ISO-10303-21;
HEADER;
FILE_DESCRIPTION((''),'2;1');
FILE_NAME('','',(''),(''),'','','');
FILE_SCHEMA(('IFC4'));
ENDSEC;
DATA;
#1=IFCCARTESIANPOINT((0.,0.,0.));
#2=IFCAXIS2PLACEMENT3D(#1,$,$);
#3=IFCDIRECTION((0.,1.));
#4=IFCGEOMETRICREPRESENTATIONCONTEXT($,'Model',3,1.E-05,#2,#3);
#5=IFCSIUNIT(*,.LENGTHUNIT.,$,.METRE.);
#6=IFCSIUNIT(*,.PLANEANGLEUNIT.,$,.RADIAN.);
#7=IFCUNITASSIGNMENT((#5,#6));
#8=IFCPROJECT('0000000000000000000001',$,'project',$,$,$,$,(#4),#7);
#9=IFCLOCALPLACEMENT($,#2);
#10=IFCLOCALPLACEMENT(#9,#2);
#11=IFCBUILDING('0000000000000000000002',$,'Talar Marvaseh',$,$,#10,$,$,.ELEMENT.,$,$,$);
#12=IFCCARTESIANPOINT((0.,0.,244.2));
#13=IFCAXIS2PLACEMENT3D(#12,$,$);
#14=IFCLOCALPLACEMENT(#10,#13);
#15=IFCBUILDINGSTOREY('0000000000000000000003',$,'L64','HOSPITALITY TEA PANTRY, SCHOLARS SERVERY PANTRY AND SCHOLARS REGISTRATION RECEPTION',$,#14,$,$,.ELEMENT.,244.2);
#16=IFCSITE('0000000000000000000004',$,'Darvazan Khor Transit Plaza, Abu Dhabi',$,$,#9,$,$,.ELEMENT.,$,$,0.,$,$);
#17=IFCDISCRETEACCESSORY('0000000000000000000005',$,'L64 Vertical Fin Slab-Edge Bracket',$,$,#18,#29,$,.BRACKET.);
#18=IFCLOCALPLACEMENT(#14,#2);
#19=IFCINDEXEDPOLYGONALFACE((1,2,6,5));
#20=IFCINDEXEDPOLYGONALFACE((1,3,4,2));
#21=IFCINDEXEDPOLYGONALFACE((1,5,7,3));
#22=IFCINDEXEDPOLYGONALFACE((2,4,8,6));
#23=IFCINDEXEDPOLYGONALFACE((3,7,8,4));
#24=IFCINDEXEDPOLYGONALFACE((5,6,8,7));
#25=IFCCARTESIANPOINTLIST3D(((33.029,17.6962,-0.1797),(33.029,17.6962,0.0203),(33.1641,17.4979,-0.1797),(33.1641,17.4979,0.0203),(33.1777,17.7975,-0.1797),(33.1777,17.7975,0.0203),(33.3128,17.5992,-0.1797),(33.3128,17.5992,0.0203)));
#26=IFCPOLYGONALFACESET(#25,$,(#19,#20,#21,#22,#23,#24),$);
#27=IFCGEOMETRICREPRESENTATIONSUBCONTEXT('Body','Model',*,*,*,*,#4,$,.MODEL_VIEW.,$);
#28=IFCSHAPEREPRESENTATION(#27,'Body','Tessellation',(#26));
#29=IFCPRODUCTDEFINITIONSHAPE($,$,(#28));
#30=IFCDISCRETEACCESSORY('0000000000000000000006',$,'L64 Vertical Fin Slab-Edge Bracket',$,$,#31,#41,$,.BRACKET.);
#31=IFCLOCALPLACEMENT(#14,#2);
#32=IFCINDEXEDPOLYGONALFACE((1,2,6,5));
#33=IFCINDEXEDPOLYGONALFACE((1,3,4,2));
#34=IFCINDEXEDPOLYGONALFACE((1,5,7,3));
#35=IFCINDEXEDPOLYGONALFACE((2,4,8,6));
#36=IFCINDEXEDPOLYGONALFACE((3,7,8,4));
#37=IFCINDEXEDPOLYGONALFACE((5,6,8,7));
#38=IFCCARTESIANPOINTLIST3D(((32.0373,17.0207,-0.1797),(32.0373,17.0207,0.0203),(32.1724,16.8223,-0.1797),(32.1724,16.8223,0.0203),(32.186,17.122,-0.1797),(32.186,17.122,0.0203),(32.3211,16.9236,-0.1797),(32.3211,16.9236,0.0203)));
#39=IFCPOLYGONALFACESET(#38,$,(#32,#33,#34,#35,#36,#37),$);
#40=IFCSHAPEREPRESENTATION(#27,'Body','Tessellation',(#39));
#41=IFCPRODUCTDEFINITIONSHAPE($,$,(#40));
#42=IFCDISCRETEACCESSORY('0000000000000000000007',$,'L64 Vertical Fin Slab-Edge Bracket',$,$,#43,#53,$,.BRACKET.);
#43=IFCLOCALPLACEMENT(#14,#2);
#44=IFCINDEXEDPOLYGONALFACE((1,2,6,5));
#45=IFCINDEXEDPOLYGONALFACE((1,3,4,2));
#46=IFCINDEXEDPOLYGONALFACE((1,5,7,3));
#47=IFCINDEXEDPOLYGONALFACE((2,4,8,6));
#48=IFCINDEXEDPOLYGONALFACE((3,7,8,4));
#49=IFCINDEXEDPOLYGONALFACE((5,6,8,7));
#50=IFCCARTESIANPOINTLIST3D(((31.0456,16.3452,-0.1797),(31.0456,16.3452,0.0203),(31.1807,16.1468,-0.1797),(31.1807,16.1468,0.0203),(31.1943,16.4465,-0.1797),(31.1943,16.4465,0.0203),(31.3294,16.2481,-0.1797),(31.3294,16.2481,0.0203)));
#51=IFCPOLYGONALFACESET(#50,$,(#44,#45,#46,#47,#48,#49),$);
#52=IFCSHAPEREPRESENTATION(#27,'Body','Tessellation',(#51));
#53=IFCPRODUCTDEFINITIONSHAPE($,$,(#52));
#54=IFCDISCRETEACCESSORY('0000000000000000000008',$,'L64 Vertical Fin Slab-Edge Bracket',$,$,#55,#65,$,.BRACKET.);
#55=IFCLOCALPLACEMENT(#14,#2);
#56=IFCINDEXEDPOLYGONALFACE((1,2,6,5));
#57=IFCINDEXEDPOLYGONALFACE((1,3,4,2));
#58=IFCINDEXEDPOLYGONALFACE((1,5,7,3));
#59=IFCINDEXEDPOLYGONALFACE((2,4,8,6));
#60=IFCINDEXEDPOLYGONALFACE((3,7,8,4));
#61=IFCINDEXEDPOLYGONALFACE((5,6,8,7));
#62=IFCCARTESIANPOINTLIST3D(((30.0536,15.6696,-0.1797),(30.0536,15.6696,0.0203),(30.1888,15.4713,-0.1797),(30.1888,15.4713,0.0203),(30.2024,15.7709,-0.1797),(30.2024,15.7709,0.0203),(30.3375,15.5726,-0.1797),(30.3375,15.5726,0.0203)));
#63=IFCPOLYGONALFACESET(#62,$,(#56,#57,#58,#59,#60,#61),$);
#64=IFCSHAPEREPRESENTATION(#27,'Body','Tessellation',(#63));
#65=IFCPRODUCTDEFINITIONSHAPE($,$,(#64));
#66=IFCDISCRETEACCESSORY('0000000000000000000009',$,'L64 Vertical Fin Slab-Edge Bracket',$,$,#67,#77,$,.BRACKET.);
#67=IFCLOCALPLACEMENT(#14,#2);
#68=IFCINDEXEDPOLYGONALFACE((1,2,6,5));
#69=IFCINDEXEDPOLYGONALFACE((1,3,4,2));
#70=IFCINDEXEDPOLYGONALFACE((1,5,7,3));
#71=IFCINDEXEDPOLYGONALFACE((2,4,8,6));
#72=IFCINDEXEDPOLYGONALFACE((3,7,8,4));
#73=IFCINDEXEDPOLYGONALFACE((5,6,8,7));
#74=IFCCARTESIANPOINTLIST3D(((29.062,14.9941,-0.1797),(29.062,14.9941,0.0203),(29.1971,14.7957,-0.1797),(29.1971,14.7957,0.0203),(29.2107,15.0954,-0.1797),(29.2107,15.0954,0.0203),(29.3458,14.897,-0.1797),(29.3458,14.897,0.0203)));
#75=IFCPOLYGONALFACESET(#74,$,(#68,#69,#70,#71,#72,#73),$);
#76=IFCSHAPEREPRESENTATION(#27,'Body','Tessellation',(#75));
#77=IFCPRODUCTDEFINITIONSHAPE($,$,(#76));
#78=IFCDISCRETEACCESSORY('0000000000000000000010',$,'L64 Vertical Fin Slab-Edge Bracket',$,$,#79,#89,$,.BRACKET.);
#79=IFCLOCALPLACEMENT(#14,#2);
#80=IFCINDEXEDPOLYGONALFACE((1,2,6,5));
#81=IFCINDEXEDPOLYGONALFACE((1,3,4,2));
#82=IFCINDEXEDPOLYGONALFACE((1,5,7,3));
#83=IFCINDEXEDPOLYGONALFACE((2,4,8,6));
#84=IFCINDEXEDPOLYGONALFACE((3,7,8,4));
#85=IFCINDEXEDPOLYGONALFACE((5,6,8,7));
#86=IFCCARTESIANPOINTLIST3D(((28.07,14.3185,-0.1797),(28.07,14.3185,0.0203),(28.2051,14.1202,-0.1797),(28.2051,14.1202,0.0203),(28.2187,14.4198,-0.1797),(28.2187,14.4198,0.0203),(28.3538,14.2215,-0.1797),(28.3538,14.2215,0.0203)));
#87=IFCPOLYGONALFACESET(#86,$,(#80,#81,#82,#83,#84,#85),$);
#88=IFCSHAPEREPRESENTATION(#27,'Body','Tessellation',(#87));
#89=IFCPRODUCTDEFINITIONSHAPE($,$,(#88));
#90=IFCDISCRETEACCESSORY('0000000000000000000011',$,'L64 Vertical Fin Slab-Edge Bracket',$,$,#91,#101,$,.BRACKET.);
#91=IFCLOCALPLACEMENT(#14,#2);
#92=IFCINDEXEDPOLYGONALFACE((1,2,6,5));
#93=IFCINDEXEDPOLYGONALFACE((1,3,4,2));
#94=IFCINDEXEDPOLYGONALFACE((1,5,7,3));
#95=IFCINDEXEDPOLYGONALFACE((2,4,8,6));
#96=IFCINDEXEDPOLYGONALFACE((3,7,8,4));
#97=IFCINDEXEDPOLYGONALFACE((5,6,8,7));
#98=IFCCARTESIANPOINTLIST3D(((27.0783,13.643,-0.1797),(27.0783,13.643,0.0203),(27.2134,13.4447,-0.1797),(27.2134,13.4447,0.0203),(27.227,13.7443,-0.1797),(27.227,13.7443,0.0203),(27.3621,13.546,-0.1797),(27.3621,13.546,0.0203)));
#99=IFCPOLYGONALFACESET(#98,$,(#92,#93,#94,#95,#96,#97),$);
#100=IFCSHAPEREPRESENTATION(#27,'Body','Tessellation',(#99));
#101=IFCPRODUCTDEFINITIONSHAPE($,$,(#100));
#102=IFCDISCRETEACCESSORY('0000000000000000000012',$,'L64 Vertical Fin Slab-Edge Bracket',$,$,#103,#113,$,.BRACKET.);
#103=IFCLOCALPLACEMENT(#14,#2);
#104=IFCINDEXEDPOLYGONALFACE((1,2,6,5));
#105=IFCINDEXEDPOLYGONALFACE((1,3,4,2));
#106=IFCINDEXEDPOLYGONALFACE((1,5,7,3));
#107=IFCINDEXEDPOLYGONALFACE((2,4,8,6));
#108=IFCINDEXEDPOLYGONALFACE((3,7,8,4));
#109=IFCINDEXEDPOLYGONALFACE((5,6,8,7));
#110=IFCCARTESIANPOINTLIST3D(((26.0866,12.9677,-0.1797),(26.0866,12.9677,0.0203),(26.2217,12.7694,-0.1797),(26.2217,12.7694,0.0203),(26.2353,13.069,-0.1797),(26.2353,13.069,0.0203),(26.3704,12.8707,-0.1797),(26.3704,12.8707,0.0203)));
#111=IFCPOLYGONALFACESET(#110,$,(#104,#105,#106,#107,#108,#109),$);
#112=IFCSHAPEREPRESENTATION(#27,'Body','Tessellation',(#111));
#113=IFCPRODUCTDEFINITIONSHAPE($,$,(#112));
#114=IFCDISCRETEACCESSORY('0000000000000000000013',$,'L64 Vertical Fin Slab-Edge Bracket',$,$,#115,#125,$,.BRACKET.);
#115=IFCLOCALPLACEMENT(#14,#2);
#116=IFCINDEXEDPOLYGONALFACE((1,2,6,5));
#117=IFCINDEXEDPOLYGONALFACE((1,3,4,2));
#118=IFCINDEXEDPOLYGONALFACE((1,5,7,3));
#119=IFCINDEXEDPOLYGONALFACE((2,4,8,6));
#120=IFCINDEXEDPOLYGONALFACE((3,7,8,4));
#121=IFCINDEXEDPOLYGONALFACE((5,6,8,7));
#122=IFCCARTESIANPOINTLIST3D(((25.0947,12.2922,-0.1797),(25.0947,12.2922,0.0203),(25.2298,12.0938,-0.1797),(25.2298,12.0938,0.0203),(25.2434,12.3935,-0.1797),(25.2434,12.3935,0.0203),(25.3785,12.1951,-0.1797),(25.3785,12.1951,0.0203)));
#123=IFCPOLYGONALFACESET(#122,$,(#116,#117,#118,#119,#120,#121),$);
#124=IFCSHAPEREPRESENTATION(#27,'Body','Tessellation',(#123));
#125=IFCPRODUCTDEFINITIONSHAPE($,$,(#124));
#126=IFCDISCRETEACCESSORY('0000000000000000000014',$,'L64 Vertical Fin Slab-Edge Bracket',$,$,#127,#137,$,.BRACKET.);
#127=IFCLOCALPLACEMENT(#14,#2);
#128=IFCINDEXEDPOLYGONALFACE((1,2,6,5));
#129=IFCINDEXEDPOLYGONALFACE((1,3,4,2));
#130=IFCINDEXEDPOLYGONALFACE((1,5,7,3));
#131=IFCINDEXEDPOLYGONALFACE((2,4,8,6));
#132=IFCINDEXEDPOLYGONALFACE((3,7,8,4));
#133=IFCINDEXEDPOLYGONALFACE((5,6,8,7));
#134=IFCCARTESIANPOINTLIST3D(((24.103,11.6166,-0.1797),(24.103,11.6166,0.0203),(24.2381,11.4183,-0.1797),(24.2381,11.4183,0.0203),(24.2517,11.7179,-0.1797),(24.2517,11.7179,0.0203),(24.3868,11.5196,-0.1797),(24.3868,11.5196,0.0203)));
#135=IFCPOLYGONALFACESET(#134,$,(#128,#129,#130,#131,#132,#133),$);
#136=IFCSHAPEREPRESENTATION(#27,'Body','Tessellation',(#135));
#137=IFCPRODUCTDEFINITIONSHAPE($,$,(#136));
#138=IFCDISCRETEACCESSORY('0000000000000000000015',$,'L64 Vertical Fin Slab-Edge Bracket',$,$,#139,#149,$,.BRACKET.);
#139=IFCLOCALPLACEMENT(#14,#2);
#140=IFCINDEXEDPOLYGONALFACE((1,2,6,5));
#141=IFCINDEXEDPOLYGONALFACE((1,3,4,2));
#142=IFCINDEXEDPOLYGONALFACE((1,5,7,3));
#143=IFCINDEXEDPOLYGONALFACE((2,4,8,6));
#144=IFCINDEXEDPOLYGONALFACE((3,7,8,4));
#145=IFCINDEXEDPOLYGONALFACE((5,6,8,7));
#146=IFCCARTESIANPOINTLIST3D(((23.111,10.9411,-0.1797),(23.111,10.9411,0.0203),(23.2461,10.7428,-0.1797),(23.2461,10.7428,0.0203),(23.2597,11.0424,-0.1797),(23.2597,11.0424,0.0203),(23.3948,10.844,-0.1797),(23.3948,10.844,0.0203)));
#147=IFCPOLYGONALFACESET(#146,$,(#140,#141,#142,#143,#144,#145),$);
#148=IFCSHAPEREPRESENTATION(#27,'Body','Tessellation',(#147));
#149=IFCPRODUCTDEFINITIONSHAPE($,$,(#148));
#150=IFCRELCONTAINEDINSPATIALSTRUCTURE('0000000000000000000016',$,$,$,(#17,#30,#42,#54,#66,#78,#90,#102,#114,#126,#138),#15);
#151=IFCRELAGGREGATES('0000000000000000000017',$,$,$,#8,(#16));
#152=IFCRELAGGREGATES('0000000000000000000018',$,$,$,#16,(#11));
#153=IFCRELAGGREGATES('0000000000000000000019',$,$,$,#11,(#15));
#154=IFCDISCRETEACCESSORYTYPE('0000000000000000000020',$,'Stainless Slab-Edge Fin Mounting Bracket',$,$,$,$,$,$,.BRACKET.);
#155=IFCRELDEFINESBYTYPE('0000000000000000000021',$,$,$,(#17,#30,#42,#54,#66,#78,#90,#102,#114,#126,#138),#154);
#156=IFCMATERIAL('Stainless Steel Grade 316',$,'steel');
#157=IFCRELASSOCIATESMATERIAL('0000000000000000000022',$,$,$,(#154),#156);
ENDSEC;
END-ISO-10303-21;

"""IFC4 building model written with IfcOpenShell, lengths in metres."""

from ifc_helpers import new_model, si_unit, direction, frame, origin, origin_2d, place, context, subcontext, project, spatial, rectangle, extrude, source, transform, mapped, material, type_object, type_shapes, element, save


model = new_model("IFC4")

# Units and contexts
model_context = context("Model", 3, precision=1e-05, world=origin(), true_north=direction((0.0, 1.0)))
body_context = subcontext(model_context, "Body", "Model", "MODEL_VIEW")
ifc_project = project(units=[si_unit("LENGTHUNIT", "METRE"), si_unit("PLANEANGLEUNIT", "RADIAN")], contexts=[model_context])

# Site, building, storey
site_placement = place(None, origin())
site = spatial("IfcSite", under=ifc_project, at=site_placement, Name="Darvazan Khor Transit Plaza, Abu Dhabi", CompositionType="ELEMENT", RefElevation=0.0)
building_placement = place(site_placement, origin())
building = spatial("IfcBuilding", under=site, at=building_placement, Name="Talar Marvaseh", CompositionType="ELEMENT")
storey_placement = place(building_placement, frame((0.0, 0.0, 244.2)))
storey = spatial("IfcBuildingStorey", under=building, at=storey_placement, Name="L64", Description="HOSPITALITY TEA PANTRY, SCHOLARS SERVERY PANTRY AND SCHOLARS REGISTRATION RECEPTION", CompositionType="ELEMENT", Elevation=244.2)

# Discrete accessories
ifc_material_1 = material(Name="Stainless Steel Grade 316", Category="steel")
discrete_accessory_type = type_object("IfcDiscreteAccessoryType", Name="Stainless Slab-Edge Fin Mounting Bracket", PredefinedType="BRACKET", material=ifc_material_1)
shared_shape_1 = source(origin(), body_context, "Body", "SweptSolid", [
    extrude(rectangle(XDim=0.24, YDim=0.1799, at=origin_2d()), origin(), (0.0, 0.0, 1.0), 0.2),
])
type_shapes(discrete_accessory_type, [shared_shape_1])
for number, where, z_axis, x_axis, name in (
    (1, (33.1709, 17.6477, -0.1797), (0.0, 0.0, 1.0), (0.562949, -0.826492, 0.0), "L64 Vertical Fin Slab-Edge Bracket"),
    (2, (32.1792, 16.9722, -0.1797), (0.0, 0.0, 1.0), (0.562949, -0.826492, 0.0), "L64 Vertical Fin Slab-Edge Bracket"),
    (3, (31.1875, 16.2966, -0.1797), (0.0, 0.0, 1.0), (0.562949, -0.826492, 0.0), "L64 Vertical Fin Slab-Edge Bracket"),
    (4, (30.1956, 15.6211, -0.1797), (0.0, 0.0, 1.0), (0.562949, -0.826492, 0.0), "L64 Vertical Fin Slab-Edge Bracket"),
    (5, (29.2039, 14.9456, -0.1797), (0.0, 0.0, 1.0), (0.562949, -0.826492, 0.0), "L64 Vertical Fin Slab-Edge Bracket"),
    (6, (28.2119, 14.27, -0.1797), (0.0, 0.0, 1.0), (0.562949, -0.826492, 0.0), "L64 Vertical Fin Slab-Edge Bracket"),
    (7, (27.2202, 13.5945, -0.1797), (0.0, 0.0, 1.0), (0.562949, -0.826492, 0.0), "L64 Vertical Fin Slab-Edge Bracket"),
    (8, (26.2285, 12.9192, -0.1797), (0.0, 0.0, 1.0), (0.562949, -0.826492, 0.0), "L64 Vertical Fin Slab-Edge Bracket"),
    (9, (25.2366, 12.2437, -0.1797), (0.0, 0.0, 1.0), (0.562949, -0.826492, 0.0), "L64 Vertical Fin Slab-Edge Bracket"),
    (10, (24.2449, 11.5681, -0.1797), (0.0, 0.0, 1.0), (0.562949, -0.826492, 0.0), "L64 Vertical Fin Slab-Edge Bracket"),
    (11, (23.2529, 10.8926, -0.1797), (0.0, 0.0, 1.0), (0.562949, -0.826492, 0.0), "L64 Vertical Fin Slab-Edge Bracket"),
):
    element("IfcDiscreteAccessory", number, at=place(storey_placement, frame(where, z_axis=z_axis, x_axis=x_axis)), inside=storey, type_object=discrete_accessory_type, Name=name, PredefinedType="BRACKET", context=body_context, shape_type="MappedRepresentation", body=[
        mapped(shared_shape_1, transform((0.0, 0.0, 0.0), x_axis=(1.0, 0.0, 0.0), y_axis=(0.0, 1.0, 0.0), z_axis=(0.0, 0.0, 1.0), scale=1.0)),
    ])

save(model, "model.ifc")
